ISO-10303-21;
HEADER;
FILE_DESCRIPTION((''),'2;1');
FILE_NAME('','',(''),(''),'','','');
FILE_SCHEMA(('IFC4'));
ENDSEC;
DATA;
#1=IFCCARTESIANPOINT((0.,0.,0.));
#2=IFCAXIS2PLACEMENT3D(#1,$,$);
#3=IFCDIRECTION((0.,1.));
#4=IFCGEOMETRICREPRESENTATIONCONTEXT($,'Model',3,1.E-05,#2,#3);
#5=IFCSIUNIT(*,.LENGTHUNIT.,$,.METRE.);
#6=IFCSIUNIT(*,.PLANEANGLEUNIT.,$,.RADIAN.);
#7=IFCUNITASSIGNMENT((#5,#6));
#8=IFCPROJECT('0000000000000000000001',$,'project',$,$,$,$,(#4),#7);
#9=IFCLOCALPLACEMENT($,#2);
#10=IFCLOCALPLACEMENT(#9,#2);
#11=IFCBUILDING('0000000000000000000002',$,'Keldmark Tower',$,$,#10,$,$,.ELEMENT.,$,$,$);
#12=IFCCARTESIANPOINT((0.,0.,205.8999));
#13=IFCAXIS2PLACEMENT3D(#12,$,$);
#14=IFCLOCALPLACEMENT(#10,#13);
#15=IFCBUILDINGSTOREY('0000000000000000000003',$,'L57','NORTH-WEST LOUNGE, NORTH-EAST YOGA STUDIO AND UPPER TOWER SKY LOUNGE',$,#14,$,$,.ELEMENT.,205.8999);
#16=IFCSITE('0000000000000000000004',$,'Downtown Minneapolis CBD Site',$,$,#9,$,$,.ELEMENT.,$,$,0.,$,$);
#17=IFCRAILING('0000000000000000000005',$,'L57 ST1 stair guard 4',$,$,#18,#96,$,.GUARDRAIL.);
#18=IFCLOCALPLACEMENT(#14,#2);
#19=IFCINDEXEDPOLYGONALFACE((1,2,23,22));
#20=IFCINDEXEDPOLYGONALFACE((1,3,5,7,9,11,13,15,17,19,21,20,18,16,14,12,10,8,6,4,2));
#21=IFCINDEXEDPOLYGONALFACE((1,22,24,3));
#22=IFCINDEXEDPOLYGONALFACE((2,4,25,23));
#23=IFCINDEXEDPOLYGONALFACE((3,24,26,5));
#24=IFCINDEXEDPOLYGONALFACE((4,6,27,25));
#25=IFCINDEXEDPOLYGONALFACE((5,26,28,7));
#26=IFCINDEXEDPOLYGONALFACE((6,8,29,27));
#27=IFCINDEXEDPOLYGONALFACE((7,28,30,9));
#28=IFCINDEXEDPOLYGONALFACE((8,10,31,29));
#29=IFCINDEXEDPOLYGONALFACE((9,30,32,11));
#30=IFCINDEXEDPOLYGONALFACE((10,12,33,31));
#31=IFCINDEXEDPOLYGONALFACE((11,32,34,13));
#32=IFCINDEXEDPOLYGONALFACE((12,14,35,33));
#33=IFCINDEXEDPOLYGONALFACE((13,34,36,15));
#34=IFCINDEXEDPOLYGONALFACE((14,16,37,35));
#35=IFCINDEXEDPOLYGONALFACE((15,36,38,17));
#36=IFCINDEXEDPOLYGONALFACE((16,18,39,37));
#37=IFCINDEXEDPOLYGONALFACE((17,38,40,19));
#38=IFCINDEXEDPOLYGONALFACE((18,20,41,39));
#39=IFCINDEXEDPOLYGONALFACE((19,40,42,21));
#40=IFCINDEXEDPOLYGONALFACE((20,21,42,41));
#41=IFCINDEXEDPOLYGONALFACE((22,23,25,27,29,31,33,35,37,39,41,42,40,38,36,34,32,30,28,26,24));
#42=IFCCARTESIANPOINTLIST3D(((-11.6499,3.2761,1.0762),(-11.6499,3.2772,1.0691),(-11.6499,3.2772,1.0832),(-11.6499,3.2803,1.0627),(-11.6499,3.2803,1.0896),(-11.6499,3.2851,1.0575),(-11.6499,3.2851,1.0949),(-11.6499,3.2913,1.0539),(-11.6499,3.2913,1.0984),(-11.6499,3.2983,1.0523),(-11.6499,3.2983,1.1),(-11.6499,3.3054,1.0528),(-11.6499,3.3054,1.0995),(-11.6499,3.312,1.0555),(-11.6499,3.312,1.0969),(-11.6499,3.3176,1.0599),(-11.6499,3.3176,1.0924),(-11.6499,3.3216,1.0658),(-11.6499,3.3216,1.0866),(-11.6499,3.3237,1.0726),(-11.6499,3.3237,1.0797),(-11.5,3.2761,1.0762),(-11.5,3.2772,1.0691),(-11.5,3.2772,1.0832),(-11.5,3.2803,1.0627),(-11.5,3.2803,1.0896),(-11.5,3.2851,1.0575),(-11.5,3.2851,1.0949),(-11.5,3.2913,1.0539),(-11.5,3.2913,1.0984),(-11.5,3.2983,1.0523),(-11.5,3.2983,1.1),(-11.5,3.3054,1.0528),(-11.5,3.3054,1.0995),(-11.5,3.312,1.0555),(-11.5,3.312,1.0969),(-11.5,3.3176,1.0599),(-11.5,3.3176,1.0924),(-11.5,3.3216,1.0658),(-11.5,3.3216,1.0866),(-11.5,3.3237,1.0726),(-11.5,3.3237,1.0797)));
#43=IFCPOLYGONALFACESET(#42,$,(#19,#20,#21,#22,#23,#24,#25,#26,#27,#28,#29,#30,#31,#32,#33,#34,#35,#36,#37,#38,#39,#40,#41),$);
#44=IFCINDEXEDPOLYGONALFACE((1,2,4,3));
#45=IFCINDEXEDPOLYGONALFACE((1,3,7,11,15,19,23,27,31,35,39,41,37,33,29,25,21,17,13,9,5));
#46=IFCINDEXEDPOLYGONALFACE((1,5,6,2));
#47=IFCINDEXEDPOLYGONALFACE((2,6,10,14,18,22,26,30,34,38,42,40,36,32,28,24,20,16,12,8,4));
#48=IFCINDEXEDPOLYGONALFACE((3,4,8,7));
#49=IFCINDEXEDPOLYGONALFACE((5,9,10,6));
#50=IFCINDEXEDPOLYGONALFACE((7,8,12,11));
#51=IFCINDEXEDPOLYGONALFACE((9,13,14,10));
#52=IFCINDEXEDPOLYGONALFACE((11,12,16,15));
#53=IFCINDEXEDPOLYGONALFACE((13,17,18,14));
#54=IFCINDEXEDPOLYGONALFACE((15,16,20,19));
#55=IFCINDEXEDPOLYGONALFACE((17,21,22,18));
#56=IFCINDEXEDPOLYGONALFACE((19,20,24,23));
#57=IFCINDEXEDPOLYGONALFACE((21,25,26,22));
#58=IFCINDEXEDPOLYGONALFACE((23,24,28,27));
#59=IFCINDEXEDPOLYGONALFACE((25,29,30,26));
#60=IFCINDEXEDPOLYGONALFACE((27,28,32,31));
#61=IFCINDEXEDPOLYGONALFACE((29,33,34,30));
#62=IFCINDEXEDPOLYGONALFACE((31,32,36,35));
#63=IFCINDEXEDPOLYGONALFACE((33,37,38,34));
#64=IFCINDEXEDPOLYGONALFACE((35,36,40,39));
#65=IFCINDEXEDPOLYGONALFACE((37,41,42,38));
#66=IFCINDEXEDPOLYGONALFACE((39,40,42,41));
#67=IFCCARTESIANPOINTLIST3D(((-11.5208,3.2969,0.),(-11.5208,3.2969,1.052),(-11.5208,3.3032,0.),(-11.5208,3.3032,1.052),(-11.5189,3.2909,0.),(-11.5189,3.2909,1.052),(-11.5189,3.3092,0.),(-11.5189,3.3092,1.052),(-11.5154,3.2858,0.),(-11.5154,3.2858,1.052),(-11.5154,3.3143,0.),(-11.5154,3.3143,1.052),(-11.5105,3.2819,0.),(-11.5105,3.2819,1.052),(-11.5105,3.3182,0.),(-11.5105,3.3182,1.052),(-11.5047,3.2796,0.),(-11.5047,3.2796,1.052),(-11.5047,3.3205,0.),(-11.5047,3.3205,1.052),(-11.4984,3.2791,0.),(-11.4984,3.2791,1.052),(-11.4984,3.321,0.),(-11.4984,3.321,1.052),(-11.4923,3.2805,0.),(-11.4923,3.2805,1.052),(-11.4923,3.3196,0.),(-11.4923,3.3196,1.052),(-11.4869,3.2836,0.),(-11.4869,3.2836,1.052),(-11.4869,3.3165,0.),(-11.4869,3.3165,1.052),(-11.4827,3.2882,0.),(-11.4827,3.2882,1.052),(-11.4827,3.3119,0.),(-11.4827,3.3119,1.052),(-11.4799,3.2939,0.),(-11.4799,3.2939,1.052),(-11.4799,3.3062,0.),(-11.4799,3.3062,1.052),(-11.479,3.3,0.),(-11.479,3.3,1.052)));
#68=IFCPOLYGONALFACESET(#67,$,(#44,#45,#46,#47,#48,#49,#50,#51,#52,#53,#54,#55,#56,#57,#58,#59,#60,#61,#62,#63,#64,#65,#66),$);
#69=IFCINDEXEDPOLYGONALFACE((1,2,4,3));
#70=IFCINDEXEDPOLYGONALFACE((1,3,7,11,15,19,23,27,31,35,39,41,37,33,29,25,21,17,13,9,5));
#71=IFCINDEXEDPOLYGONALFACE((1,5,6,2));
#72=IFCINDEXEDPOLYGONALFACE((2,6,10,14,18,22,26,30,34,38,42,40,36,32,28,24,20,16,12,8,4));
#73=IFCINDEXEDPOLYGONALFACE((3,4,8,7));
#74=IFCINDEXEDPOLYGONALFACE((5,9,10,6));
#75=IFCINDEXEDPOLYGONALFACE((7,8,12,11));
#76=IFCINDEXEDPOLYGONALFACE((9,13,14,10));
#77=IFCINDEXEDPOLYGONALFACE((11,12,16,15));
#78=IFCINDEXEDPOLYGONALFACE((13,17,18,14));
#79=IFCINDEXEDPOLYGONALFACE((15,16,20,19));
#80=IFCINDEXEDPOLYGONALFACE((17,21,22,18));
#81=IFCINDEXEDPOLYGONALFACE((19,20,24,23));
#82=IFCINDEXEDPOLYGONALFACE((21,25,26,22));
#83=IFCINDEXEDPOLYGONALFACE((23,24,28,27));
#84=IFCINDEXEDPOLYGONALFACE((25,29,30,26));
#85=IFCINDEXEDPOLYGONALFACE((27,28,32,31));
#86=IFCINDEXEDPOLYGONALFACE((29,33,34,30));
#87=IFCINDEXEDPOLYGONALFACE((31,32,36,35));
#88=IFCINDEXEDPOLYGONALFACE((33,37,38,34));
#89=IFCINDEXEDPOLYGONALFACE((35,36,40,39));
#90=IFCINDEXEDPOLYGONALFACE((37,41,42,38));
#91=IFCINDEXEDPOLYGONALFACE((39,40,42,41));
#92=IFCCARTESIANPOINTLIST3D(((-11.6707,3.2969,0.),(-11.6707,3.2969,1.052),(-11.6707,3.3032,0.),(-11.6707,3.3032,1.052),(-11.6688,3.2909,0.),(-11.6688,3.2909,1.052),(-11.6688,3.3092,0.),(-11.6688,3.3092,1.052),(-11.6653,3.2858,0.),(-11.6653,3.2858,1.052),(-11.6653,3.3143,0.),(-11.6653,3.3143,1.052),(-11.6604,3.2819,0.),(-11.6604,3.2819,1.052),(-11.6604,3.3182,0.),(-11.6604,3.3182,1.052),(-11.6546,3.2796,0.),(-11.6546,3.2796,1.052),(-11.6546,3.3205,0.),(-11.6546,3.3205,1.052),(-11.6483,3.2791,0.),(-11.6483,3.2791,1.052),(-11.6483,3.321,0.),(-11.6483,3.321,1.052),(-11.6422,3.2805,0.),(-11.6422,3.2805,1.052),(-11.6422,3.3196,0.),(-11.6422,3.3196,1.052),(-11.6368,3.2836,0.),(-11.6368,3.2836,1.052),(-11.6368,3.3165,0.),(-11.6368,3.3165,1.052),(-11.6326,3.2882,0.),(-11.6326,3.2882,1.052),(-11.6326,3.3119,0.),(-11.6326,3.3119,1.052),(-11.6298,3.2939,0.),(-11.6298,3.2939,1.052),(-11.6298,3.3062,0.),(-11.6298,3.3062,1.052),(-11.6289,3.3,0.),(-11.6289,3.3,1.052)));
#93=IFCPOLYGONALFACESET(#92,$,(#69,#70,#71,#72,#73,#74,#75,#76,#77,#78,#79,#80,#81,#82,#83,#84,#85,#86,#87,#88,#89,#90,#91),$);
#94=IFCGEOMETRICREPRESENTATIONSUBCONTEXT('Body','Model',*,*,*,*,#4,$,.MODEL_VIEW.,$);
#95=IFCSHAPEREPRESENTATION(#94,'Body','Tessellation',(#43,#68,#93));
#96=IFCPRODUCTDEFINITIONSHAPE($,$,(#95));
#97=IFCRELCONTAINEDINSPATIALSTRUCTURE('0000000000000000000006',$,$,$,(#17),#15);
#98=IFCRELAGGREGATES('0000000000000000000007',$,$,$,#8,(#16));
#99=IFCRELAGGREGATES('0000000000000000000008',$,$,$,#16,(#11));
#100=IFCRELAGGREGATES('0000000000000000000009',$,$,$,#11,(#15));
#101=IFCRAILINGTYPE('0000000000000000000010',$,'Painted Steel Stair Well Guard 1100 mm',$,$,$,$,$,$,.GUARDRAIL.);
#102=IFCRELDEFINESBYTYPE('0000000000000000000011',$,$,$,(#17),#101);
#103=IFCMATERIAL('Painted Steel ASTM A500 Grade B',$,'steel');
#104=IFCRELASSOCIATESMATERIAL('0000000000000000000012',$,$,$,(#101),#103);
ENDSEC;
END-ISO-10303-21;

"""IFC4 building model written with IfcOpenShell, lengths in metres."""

from ifc_helpers import new_model, si_unit, direction, frame, origin, origin_2d, place, context, subcontext, project, spatial, circle, extrude, material, type_object, element, save


model = new_model("IFC4")

# Units and contexts
model_context = context("Model", 3, precision=1e-05, world=origin(), true_north=direction((0.0, 1.0)))
body_context = subcontext(model_context, "Body", "Model", "MODEL_VIEW")
ifc_project = project(units=[si_unit("LENGTHUNIT", "METRE"), si_unit("PLANEANGLEUNIT", "RADIAN")], contexts=[model_context])

# Site, building, storey
site_placement = place(None, origin())
site = spatial("IfcSite", under=ifc_project, at=site_placement, Name="Downtown Minneapolis CBD Site", CompositionType="ELEMENT", RefElevation=0.0)
building_placement = place(site_placement, origin())
building = spatial("IfcBuilding", under=site, at=building_placement, Name="Keldmark Tower", CompositionType="ELEMENT")
storey_placement = place(building_placement, frame((0.0, 0.0, 205.8999)))
storey = spatial("IfcBuildingStorey", under=building, at=storey_placement, Name="L57", Description="NORTH-WEST LOUNGE, NORTH-EAST YOGA STUDIO AND UPPER TOWER SKY LOUNGE", CompositionType="ELEMENT", Elevation=205.8999)

# Railing
ifc_material_1 = material(Name="Painted Steel ASTM A500 Grade B", Category="steel")
railing_type_1 = type_object("IfcRailingType", Name="Painted Steel Stair Well Guard 1100 mm", PredefinedType="GUARDRAIL", material=ifc_material_1)
railing_1_placement = place(storey_placement, frame((-11.5, 3.3, 0.0)))
element("IfcRailing", 1, at=railing_1_placement, inside=storey, type_object=railing_type_1, Name="L57 ST1 stair guard 4", PredefinedType="GUARDRAIL", context=body_context, shape_type="SweptSolid", body=[
    extrude(circle(Radius=0.0239, at=origin_2d()), frame((0.0, 0.0, 1.0762), z_axis=(-1.0, 0.0, 0.0), x_axis=(0.0, -1.0, 0.0)), (0.0, 0.0, 1.0), 0.1499),
    extrude(circle(Radius=0.021, at=origin_2d()), origin(), (0.0, 0.0, 1.0), 1.052),
    extrude(circle(Radius=0.021, at=origin_2d()), frame((-0.1499, 0.0, 0.0)), (0.0, 0.0, 1.0), 1.052),
])

save(model, "model.ifc")
